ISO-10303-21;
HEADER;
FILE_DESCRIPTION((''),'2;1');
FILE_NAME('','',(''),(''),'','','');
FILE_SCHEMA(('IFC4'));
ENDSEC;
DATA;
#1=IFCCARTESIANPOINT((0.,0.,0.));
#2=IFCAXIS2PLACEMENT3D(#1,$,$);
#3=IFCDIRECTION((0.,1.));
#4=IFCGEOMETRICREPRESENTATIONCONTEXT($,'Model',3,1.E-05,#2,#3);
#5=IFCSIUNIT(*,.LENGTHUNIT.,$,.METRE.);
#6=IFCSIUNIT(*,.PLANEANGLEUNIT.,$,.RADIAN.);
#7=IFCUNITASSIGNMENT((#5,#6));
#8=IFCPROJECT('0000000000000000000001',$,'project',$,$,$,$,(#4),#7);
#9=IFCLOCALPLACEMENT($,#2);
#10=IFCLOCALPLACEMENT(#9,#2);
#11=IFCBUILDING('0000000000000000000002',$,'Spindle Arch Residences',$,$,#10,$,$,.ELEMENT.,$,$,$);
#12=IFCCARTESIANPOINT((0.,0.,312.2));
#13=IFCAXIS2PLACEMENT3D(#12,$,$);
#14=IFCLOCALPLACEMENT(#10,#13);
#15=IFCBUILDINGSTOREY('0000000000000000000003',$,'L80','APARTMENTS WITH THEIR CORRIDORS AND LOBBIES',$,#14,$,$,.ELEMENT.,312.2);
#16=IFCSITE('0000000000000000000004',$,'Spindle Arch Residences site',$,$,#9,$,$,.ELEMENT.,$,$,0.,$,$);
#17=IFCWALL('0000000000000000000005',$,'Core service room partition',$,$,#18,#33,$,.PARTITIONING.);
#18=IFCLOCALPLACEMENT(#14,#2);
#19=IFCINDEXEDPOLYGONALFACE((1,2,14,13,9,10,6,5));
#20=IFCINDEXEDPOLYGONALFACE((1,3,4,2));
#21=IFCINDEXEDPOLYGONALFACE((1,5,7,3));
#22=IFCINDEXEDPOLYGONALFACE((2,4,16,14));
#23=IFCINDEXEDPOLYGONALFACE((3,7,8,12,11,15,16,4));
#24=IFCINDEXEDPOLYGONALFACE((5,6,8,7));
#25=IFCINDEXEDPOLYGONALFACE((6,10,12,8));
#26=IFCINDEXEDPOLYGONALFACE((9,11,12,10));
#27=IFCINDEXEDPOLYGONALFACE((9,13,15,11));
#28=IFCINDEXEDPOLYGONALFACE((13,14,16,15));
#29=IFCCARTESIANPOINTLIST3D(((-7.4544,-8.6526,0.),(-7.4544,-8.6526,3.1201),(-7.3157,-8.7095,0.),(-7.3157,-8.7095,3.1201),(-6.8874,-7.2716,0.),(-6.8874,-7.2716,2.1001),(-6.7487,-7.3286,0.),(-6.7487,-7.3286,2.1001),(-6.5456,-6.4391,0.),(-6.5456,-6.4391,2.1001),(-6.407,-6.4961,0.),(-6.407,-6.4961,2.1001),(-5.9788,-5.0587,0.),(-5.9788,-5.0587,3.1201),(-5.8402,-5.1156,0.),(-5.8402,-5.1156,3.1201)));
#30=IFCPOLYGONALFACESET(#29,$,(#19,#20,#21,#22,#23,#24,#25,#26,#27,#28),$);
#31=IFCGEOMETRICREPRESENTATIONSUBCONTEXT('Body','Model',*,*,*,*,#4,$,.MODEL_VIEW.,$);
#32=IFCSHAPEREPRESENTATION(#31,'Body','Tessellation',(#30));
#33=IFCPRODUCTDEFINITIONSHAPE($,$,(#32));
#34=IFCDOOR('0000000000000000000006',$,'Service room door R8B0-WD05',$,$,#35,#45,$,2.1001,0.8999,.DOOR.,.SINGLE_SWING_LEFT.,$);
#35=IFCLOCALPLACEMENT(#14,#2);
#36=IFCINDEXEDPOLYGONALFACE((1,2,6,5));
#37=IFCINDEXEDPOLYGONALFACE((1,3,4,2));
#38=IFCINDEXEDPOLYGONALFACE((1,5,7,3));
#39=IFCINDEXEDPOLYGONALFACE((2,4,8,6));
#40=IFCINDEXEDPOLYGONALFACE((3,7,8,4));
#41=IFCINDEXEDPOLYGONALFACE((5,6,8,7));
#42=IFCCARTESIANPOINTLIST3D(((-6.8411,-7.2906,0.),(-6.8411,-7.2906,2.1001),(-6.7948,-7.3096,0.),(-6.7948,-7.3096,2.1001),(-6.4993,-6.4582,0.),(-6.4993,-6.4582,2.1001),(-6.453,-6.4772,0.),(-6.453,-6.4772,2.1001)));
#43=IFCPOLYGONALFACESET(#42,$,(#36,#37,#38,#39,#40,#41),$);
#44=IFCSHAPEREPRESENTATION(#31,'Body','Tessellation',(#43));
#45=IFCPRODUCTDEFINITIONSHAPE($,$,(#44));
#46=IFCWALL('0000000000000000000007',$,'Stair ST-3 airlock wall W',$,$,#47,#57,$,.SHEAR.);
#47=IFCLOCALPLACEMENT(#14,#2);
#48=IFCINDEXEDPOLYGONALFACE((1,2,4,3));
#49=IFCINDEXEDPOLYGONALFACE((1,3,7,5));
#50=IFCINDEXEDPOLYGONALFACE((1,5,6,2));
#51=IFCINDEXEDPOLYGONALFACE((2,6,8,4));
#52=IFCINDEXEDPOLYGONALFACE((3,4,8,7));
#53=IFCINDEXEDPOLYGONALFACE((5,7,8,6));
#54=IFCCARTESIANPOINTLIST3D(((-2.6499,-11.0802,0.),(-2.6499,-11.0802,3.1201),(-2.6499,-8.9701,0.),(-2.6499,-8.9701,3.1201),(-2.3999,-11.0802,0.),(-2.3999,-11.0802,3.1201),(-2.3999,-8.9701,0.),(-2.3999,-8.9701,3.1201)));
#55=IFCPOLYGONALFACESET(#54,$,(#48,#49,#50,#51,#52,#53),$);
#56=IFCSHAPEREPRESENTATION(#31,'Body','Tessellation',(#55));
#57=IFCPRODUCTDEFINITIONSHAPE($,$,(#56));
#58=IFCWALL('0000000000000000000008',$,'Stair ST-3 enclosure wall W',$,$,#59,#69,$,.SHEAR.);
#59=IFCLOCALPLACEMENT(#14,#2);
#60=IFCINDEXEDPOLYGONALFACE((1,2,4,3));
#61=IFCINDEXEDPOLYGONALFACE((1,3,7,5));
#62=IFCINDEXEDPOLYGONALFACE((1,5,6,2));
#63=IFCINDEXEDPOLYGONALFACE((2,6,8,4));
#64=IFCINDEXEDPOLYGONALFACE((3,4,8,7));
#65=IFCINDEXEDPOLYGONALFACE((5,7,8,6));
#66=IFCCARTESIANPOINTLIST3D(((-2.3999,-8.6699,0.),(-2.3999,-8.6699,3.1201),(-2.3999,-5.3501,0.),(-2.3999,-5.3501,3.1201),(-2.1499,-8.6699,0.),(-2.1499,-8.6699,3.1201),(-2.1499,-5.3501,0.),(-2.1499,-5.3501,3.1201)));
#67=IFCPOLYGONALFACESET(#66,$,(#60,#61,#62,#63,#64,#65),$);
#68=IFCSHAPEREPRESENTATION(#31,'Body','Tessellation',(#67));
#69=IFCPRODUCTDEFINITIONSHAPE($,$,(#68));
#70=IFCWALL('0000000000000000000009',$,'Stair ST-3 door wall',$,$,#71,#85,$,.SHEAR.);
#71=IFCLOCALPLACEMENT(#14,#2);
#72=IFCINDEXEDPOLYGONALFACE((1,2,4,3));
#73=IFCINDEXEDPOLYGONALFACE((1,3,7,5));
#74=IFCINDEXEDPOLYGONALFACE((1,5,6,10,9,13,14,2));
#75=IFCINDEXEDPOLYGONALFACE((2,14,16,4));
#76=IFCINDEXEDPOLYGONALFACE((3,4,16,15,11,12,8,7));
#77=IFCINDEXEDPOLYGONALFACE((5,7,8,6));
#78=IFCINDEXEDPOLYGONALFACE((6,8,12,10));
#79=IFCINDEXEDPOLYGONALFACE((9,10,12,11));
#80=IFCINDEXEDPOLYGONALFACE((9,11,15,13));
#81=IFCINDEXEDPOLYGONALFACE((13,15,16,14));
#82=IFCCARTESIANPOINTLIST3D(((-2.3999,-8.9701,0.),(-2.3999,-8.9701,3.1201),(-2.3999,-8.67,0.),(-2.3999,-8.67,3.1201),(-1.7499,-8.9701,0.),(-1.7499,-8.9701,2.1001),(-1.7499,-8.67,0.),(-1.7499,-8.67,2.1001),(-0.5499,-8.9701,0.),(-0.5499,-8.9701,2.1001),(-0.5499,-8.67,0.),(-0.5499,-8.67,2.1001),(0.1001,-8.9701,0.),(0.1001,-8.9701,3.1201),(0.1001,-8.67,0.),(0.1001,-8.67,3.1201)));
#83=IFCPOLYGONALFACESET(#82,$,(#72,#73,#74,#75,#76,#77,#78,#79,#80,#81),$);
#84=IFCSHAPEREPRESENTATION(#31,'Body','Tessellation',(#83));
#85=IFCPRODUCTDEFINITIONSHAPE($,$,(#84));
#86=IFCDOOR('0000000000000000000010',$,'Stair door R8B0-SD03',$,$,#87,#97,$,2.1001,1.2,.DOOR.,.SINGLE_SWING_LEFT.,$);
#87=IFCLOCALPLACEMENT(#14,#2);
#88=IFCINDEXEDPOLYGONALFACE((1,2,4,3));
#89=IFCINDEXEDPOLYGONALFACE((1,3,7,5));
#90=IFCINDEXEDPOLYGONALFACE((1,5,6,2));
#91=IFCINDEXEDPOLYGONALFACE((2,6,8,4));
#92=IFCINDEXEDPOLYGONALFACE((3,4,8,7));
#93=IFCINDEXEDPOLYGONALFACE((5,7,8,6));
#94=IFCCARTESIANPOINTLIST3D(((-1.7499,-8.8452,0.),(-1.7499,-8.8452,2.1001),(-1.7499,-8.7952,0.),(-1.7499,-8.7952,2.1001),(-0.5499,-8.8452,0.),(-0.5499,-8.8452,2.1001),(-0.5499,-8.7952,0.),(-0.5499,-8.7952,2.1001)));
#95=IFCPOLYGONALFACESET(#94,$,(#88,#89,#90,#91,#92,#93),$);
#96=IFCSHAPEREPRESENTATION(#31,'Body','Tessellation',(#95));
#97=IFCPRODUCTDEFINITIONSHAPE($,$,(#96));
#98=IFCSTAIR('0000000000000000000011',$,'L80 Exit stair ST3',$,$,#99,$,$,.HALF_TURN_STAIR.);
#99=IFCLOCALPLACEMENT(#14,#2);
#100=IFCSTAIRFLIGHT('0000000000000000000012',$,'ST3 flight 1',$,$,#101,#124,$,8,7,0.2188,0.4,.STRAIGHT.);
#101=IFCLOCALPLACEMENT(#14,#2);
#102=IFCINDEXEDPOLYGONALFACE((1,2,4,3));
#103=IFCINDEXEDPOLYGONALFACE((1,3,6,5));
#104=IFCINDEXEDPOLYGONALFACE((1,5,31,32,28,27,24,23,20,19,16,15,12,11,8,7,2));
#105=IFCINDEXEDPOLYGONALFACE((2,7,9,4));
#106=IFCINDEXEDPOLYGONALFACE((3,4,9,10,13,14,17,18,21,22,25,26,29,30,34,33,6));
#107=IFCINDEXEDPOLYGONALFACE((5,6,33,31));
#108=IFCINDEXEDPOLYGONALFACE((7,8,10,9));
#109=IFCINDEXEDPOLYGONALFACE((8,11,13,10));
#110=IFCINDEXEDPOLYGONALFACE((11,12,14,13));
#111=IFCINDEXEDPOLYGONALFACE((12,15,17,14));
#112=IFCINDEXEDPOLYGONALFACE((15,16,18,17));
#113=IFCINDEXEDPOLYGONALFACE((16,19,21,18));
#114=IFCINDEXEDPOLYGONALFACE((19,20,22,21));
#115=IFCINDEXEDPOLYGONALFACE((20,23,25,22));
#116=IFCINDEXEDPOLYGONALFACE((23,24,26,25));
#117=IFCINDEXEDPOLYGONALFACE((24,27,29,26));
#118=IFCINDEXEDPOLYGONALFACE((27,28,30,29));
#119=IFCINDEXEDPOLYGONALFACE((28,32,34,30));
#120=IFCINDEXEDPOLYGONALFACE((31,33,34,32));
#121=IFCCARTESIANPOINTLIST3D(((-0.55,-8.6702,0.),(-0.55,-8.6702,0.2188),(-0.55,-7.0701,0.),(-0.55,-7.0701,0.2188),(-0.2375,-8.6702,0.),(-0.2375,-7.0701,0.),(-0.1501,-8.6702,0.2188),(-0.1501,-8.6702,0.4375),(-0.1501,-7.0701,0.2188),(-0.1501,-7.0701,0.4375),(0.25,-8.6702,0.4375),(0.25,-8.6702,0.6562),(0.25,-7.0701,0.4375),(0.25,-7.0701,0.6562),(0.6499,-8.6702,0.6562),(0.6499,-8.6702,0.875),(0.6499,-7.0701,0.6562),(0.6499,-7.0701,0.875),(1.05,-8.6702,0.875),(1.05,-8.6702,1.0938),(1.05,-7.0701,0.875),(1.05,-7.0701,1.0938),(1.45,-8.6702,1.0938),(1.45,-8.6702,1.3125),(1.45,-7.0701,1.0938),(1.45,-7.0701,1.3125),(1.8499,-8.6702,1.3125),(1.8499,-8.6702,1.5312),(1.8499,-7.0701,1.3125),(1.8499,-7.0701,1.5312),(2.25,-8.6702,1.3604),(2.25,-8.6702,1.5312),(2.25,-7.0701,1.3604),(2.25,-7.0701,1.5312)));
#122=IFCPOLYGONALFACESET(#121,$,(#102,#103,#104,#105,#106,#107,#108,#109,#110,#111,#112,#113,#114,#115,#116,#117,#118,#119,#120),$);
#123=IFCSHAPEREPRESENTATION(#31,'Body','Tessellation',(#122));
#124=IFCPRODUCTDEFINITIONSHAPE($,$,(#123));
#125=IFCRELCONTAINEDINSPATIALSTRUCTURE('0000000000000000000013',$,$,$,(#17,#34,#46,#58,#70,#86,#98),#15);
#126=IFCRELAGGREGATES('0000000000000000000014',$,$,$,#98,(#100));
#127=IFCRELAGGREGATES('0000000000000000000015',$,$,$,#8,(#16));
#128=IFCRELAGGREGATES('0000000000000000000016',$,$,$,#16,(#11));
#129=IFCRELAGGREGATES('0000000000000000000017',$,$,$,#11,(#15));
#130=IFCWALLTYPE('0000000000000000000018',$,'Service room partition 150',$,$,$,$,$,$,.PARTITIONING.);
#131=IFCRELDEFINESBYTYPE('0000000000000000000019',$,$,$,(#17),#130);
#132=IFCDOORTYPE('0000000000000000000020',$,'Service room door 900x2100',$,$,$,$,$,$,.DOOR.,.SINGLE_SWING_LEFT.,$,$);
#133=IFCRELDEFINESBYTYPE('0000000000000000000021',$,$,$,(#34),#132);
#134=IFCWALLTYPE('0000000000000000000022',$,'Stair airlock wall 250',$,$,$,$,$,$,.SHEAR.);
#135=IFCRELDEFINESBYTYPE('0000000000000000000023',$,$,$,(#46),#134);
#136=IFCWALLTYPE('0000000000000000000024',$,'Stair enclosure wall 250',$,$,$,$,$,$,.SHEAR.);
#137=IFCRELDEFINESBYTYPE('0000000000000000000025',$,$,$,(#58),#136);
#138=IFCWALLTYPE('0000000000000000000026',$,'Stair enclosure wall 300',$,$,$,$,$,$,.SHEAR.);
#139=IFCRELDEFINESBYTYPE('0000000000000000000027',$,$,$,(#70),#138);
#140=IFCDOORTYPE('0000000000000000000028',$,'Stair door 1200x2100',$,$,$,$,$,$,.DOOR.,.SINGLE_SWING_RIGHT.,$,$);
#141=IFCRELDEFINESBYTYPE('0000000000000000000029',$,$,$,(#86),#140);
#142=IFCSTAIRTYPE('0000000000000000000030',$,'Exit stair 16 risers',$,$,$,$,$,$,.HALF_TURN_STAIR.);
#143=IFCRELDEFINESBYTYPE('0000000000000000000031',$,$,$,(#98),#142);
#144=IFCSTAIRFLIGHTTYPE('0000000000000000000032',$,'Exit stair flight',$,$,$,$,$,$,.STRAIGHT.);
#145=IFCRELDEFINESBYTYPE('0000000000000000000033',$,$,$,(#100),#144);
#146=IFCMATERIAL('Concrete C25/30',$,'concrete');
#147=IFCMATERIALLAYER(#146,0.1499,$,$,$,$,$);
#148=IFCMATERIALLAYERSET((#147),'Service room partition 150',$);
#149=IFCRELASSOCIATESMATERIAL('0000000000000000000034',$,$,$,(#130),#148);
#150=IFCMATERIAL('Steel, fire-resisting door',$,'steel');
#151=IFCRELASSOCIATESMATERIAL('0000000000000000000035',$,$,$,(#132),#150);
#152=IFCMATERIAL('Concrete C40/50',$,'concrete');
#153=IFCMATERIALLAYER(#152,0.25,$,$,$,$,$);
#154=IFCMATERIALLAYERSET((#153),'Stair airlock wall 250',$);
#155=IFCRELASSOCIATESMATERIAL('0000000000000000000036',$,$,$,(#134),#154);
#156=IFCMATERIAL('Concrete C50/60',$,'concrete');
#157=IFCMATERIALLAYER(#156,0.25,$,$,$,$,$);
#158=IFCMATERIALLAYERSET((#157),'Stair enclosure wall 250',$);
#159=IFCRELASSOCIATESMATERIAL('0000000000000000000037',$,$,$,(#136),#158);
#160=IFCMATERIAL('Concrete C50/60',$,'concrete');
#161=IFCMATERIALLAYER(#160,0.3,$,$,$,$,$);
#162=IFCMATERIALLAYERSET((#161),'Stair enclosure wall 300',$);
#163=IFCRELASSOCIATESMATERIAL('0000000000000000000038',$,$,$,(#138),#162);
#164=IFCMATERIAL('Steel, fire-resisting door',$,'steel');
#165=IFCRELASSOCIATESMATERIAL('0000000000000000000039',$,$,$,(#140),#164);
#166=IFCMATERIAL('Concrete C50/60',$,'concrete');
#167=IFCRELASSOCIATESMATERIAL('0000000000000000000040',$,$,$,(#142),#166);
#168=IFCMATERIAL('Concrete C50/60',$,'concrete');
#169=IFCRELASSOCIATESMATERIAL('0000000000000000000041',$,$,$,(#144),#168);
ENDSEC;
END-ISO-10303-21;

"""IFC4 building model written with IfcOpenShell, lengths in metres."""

from ifc_helpers import new_model, si_unit, direction, frame, frame_2d, origin, place, context, subcontext, project, spatial, polyline, rectangle, outline, extrude, material, layer, layer_set, type_object, element, fill, aggregate, save


model = new_model("IFC4")

# Units and contexts
model_context = context("Model", 3, precision=1e-05, world=origin(), true_north=direction((0.0, 1.0)))
body_context = subcontext(model_context, "Body", "Model", "MODEL_VIEW")
ifc_project = project(units=[si_unit("LENGTHUNIT", "METRE"), si_unit("PLANEANGLEUNIT", "RADIAN")], contexts=[model_context])

# Site, building, storey
site_placement = place(None, origin())
site = spatial("IfcSite", under=ifc_project, at=site_placement, Name="Spindle Arch Residences site", CompositionType="ELEMENT", RefElevation=0.0)
building_placement = place(site_placement, origin())
building = spatial("IfcBuilding", under=site, at=building_placement, Name="Spindle Arch Residences", CompositionType="ELEMENT")
storey_placement = place(building_placement, frame((0.0, 0.0, 312.2)))
storey = spatial("IfcBuildingStorey", under=building, at=storey_placement, Name="L80", Description="APARTMENTS WITH THEIR CORRIDORS AND LOBBIES", CompositionType="ELEMENT", Elevation=312.2)

# Wall, opening, door
ifc_material_1 = material(Name="Concrete C25/30", Category="concrete")
ifc_layer_1 = layer(ifc_material_1, 0.1499)
ifc_layer_set_1 = layer_set([ifc_layer_1], Name="Service room partition 150")
wall_type_1 = type_object("IfcWallType", Name="Service room partition 150", PredefinedType="PARTITIONING", material=ifc_layer_set_1)
wall_1_placement = place(storey_placement, frame((-7.385, -8.6809, 0.0), z_axis=(0.0, 0.0, 1.0), x_axis=(0.379805, 0.925067, 0.0)))
wall_1 = element("IfcWall", 1, at=wall_1_placement, inside=storey, type_object=wall_type_1, Name="Core service room partition", PredefinedType="PARTITIONING", context=body_context, shape_type="SweptSolid", body=[
    extrude(rectangle(XDim=3.885, YDim=0.1499, at=frame_2d((1.9424, 0.0))), origin(), (0.0, 0.0, 1.0), 3.1201),
])
opening_1_placement = place(wall_1_placement, frame((1.4927, 0.0, 0.0)))
opening_1 = element("IfcOpeningElement", 2, at=opening_1_placement, cuts=wall_1, PredefinedType="OPENING", context=body_context, shape_type="SweptSolid", body=[
    extrude(rectangle(XDim=0.8999, YDim=2.1001, at=frame_2d((0.45, 1.05))), frame((0.0, 0.085, 0.0), z_axis=(0.0, -1.0, 0.0), x_axis=(1.0, 0.0, 0.0)), (0.0, 0.0, 1.0), 0.1699),
])
ifc_material_2 = material(Name="Steel, fire-resisting door", Category="steel")
door_type_1 = type_object("IfcDoorType", Name="Service room door 900x2100", OperationType="SINGLE_SWING_LEFT", PredefinedType="DOOR", material=ifc_material_2)
door_1_placement = place(opening_1_placement, origin())
door_1 = element("IfcDoor", 3, at=door_1_placement, inside=storey, type_object=door_type_1, Name="Service room door R8B0-WD05", OperationType="SINGLE_SWING_LEFT", OverallHeight=2.1001, OverallWidth=0.8999, PredefinedType="DOOR", context=body_context, shape_type="SweptSolid", body=[
    extrude(rectangle(XDim=0.8999, YDim=2.1001, at=frame_2d((0.45, 1.05))), frame((0.0, 0.0249, 0.0), z_axis=(0.0, -1.0, 0.0), x_axis=(1.0, 0.0, 0.0)), (0.0, 0.0, 1.0), 0.05),
])
fill(opening_1, door_1)

# Walls
ifc_material_3 = material(Name="Concrete C40/50", Category="concrete")
ifc_layer_2 = layer(ifc_material_3, 0.25)
ifc_layer_set_2 = layer_set([ifc_layer_2], Name="Stair airlock wall 250")
wall_type_2 = type_object("IfcWallType", Name="Stair airlock wall 250", PredefinedType="SHEAR", material=ifc_layer_set_2)
wall_2_placement = place(storey_placement, frame((-2.5249, -8.97, 0.0), z_axis=(0.0, 0.0, 1.0), x_axis=(0.0, -1.0, 0.0)))
element("IfcWall", 4, at=wall_2_placement, inside=storey, type_object=wall_type_2, Name="Stair ST-3 airlock wall W", PredefinedType="SHEAR", context=body_context, shape_type="SweptSolid", body=[
    extrude(rectangle(XDim=2.1101, YDim=0.25, at=frame_2d((1.0552, 0.0))), origin(), (0.0, 0.0, 1.0), 3.1201),
])
ifc_material_4 = material(Name="Concrete C50/60", Category="concrete")
ifc_layer_3 = layer(ifc_material_4, 0.25)
ifc_layer_set_3 = layer_set([ifc_layer_3], Name="Stair enclosure wall 250")
wall_type_3 = type_object("IfcWallType", Name="Stair enclosure wall 250", PredefinedType="SHEAR", material=ifc_layer_set_3)
wall_3_placement = place(storey_placement, frame((-2.2749, -8.6699, 0.0), z_axis=(0.0, 0.0, 1.0), x_axis=(0.0, 1.0, 0.0)))
element("IfcWall", 5, at=wall_3_placement, inside=storey, type_object=wall_type_3, Name="Stair ST-3 enclosure wall W", PredefinedType="SHEAR", context=body_context, shape_type="SweptSolid", body=[
    extrude(rectangle(XDim=3.3198, YDim=0.25, at=frame_2d((1.6599, 0.0))), origin(), (0.0, 0.0, 1.0), 3.1201),
])

# Wall, opening, door
ifc_material_5 = material(Name="Concrete C50/60", Category="concrete")
ifc_layer_4 = layer(ifc_material_5, 0.3)
ifc_layer_set_4 = layer_set([ifc_layer_4], Name="Stair enclosure wall 300")
wall_type_4 = type_object("IfcWallType", Name="Stair enclosure wall 300", PredefinedType="SHEAR", material=ifc_layer_set_4)
wall_4_placement = place(storey_placement, frame((-2.3999, -8.8201, 0.0), z_axis=(0.0, 0.0, 1.0), x_axis=(1.0, 0.0, 0.0)))
wall_4 = element("IfcWall", 6, at=wall_4_placement, inside=storey, type_object=wall_type_4, Name="Stair ST-3 door wall", PredefinedType="SHEAR", context=body_context, shape_type="SweptSolid", body=[
    extrude(rectangle(XDim=2.5, YDim=0.3, at=frame_2d((1.25, 0.0))), origin(), (0.0, 0.0, 1.0), 3.1201),
])
opening_2_placement = place(wall_4_placement, frame((0.6499, 0.0, 0.0)))
opening_2 = element("IfcOpeningElement", 7, at=opening_2_placement, cuts=wall_4, PredefinedType="OPENING", context=body_context, shape_type="SweptSolid", body=[
    extrude(rectangle(XDim=1.2, YDim=2.1001, at=frame_2d((0.6001, 1.05))), frame((0.0, 0.1602, 0.0), z_axis=(0.0, -1.0, 0.0), x_axis=(1.0, 0.0, 0.0)), (0.0, 0.0, 1.0), 0.3201),
])
ifc_material_6 = material(Name="Steel, fire-resisting door", Category="steel")
door_type_2 = type_object("IfcDoorType", Name="Stair door 1200x2100", OperationType="SINGLE_SWING_RIGHT", PredefinedType="DOOR", material=ifc_material_6)
door_2_placement = place(opening_2_placement, origin())
door_2 = element("IfcDoor", 8, at=door_2_placement, inside=storey, type_object=door_type_2, Name="Stair door R8B0-SD03", OperationType="SINGLE_SWING_LEFT", OverallHeight=2.1001, OverallWidth=1.2, PredefinedType="DOOR", context=body_context, shape_type="SweptSolid", body=[
    extrude(rectangle(XDim=1.2, YDim=2.1001, at=frame_2d((0.6001, 1.05))), frame((0.0, 0.0249, 0.0), z_axis=(0.0, -1.0, 0.0), x_axis=(1.0, 0.0, 0.0)), (0.0, 0.0, 1.0), 0.05),
])
fill(opening_2, door_2)

# Stair, stair flight
ifc_material_7 = material(Name="Concrete C50/60", Category="concrete")
stair_type = type_object("IfcStairType", Name="Exit stair 16 risers", PredefinedType="HALF_TURN_STAIR", material=ifc_material_7)
stair_placement = place(storey_placement, origin())
stair = element("IfcStair", 9, at=stair_placement, inside=storey, type_object=stair_type, Name="L80 Exit stair ST3", PredefinedType="HALF_TURN_STAIR")
ifc_material_8 = material(Name="Concrete C50/60", Category="concrete")
stair_flight_type = type_object("IfcStairFlightType", Name="Exit stair flight", PredefinedType="STRAIGHT", material=ifc_material_8)
stair_flight_placement = place(storey_placement, frame((-0.55, -7.8701, 0.0), z_axis=(0.0, 0.0, 1.0), x_axis=(1.0, 0.0, 0.0)))
stair_flight = element("IfcStairFlight", 10, at=stair_flight_placement, type_object=stair_flight_type, Name="ST3 flight 1", NumberOfRisers=8, NumberOfTreads=7, PredefinedType="STRAIGHT", RiserHeight=0.2188, TreadLength=0.4, context=body_context, shape_type="SweptSolid", body=[
    extrude(outline(polyline([(0.0, 0.0), (0.0, 0.2188), (0.3999, 0.2188), (0.3999, 0.4375), (0.8, 0.4375), (0.8, 0.6562), (1.2, 0.6562), (1.2, 0.875), (1.6001, 0.875), (1.6001, 1.0938), (2.0, 1.0938), (2.0, 1.3125), (2.3999, 1.3125), (2.3999, 1.5312), (2.8, 1.5312), (2.8, 1.75), (2.8, 1.3604), (0.3125, 0.0), (0.0, 0.0)])), frame((0.0, 0.8, 0.0), z_axis=(0.0, -1.0, 0.0), x_axis=(1.0, 0.0, 0.0)), (0.0, 0.0, 1.0), 1.6001),
])
aggregate(stair, [stair_flight])

save(model, "model.ifc")
